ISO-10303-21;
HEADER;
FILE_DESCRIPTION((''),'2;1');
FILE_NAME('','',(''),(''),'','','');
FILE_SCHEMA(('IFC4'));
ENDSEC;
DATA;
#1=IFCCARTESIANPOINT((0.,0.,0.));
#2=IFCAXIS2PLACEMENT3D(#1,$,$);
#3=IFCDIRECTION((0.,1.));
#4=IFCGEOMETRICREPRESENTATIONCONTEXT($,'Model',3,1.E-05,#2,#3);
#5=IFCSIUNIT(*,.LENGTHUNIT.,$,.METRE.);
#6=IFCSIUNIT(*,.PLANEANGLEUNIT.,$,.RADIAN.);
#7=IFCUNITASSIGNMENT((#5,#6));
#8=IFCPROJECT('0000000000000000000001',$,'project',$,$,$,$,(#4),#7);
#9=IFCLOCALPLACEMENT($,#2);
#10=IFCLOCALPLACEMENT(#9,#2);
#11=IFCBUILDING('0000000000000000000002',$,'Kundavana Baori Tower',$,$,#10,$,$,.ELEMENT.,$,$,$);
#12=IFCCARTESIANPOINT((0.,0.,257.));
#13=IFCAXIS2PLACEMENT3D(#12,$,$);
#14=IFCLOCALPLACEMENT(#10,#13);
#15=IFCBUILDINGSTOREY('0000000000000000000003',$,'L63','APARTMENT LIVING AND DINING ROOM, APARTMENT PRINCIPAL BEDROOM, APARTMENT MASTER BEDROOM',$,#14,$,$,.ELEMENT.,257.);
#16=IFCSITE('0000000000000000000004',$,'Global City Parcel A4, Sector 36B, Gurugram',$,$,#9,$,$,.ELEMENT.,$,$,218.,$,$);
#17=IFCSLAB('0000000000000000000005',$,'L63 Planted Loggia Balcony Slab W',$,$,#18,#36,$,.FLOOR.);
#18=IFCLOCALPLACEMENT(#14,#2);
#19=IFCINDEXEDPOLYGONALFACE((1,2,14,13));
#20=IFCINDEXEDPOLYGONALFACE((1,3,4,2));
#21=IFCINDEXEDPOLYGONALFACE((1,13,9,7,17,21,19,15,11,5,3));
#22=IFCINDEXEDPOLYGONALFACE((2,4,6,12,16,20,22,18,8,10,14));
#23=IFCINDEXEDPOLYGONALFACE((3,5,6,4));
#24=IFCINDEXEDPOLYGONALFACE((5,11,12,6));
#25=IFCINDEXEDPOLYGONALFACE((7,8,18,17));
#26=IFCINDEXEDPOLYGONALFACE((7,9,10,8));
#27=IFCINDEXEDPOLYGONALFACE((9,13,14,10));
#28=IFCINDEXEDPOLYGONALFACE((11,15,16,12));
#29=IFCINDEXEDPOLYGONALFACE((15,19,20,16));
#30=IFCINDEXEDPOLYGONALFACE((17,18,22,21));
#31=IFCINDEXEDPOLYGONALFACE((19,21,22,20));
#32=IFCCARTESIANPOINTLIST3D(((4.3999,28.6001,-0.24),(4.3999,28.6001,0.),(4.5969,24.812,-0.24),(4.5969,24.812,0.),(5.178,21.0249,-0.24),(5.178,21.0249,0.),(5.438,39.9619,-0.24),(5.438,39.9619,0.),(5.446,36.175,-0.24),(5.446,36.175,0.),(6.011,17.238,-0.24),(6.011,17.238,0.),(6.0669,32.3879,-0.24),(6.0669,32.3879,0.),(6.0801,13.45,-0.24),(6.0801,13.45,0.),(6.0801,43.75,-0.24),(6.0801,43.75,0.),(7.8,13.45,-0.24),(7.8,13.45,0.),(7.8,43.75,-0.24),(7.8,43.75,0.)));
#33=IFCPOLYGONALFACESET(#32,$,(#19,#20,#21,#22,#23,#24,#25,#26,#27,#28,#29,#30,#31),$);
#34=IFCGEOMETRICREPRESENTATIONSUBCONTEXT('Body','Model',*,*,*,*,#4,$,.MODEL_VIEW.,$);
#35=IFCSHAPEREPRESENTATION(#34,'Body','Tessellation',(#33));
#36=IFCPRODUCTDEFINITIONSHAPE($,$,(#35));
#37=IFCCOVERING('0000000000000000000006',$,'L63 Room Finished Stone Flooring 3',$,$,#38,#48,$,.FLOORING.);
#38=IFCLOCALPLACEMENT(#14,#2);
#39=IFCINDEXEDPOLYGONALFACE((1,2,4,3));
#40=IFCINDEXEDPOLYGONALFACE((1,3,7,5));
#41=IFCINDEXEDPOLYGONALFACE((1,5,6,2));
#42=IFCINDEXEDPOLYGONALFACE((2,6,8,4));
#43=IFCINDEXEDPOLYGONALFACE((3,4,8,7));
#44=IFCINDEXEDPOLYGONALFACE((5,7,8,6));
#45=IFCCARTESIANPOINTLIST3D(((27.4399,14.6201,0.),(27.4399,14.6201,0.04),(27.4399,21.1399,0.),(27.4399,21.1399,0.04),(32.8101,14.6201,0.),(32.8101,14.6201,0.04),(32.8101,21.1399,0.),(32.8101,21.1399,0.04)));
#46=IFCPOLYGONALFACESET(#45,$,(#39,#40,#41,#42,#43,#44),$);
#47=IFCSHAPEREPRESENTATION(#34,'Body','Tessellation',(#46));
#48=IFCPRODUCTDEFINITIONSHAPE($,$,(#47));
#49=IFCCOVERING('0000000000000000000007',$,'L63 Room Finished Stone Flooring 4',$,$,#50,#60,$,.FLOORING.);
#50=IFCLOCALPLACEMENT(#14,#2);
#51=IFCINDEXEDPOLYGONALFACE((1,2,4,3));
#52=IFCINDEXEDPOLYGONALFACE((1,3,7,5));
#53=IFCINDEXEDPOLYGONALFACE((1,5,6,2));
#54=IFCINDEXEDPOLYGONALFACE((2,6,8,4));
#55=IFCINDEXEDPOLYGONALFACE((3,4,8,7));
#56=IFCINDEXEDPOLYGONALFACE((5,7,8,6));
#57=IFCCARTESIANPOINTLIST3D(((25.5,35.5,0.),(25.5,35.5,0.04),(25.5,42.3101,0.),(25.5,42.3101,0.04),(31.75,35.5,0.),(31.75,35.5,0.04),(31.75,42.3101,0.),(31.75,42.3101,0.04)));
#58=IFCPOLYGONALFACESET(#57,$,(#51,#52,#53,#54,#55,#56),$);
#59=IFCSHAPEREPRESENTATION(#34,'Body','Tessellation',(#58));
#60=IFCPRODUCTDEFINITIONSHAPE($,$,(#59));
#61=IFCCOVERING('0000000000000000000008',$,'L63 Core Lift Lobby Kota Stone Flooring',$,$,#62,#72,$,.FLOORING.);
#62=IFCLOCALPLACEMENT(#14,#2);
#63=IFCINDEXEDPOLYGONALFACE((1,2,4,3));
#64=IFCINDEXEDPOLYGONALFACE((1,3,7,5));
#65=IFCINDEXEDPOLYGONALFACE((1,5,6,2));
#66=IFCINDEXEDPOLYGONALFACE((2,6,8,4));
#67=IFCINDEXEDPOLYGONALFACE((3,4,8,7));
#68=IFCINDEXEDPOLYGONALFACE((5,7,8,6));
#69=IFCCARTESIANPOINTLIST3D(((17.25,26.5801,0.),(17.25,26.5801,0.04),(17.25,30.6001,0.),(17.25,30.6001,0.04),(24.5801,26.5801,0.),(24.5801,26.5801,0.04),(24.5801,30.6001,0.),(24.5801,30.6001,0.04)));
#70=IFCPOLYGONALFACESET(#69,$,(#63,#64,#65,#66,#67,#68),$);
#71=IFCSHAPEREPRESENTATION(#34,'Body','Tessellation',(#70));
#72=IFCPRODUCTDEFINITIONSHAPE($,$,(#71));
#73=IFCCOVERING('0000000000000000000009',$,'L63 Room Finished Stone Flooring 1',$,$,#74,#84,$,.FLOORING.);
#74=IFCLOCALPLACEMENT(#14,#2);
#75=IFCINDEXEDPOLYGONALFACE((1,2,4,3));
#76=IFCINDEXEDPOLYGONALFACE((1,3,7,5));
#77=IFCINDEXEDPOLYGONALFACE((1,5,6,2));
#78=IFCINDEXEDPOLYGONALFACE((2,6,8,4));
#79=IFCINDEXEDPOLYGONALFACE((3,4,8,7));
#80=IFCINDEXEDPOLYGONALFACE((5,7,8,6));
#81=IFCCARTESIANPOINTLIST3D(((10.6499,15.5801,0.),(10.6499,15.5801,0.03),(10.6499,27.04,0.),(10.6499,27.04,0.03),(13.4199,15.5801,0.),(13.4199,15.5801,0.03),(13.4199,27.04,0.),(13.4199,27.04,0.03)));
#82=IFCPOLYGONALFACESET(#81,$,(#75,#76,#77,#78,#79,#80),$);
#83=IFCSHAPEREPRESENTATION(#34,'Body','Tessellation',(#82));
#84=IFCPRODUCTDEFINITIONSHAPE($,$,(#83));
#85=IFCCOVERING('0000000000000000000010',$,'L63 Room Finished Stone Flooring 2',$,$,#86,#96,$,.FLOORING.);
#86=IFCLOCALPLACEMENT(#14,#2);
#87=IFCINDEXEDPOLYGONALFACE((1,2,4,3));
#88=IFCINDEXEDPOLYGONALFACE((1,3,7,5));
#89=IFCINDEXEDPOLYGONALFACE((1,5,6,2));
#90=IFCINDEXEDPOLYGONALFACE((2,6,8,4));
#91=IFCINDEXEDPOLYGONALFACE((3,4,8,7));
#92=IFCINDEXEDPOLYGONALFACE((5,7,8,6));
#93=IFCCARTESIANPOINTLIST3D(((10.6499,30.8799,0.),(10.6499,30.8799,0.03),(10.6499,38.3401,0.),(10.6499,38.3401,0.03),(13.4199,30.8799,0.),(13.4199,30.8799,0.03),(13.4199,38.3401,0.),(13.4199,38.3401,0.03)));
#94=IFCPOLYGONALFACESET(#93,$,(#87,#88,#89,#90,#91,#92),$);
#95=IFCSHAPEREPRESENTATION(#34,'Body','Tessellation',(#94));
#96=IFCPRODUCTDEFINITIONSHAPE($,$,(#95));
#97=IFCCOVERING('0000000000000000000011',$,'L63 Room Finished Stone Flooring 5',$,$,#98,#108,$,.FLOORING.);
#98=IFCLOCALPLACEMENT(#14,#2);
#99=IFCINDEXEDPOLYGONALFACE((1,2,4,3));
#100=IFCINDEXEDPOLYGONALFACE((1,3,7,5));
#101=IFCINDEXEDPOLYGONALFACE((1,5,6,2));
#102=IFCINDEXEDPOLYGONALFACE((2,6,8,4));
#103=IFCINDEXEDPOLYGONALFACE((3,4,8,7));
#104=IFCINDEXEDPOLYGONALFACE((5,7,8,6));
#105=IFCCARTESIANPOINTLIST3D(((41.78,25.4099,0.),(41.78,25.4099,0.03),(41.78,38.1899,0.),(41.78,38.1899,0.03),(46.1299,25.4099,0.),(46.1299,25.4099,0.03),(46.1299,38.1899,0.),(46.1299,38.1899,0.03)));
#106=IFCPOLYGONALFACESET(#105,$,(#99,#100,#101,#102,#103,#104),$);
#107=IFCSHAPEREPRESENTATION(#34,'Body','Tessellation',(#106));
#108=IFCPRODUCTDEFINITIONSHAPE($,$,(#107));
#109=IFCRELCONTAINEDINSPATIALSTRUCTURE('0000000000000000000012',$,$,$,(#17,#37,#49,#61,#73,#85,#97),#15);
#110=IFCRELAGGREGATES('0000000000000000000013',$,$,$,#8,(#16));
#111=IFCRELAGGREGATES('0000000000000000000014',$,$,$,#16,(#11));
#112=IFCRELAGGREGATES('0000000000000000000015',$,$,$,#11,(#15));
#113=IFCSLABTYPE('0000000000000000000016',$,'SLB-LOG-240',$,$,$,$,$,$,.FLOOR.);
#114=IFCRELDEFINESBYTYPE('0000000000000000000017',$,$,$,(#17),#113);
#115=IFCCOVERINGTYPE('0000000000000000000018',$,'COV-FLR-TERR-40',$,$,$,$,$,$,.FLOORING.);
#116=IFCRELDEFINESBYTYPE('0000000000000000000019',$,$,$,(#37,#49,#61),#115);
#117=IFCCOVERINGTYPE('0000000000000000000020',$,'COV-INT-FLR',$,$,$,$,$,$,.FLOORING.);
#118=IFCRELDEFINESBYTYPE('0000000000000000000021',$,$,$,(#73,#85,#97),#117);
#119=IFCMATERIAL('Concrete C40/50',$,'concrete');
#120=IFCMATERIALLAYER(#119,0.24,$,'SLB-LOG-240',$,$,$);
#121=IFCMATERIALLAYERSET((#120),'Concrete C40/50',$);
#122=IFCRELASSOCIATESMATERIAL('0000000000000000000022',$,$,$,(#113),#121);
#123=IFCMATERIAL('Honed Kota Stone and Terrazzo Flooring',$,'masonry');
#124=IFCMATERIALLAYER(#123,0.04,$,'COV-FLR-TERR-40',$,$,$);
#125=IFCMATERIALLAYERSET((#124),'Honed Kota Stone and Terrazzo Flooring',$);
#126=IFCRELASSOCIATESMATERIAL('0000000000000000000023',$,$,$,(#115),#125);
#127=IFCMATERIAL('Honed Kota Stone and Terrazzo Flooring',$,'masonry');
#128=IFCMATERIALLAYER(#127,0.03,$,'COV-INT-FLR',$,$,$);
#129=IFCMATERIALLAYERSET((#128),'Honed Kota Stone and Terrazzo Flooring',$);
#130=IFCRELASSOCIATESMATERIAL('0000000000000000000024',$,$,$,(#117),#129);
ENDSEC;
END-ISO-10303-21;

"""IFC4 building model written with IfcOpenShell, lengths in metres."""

from ifc_helpers import new_model, si_unit, direction, frame, origin, place, context, subcontext, project, spatial, polyline, outline, extrude, material, layer, layer_set, type_object, element, save


model = new_model("IFC4")

# Units and contexts
model_context = context("Model", 3, precision=1e-05, world=origin(), true_north=direction((0.0, 1.0)))
body_context = subcontext(model_context, "Body", "Model", "MODEL_VIEW")
ifc_project = project(units=[si_unit("LENGTHUNIT", "METRE"), si_unit("PLANEANGLEUNIT", "RADIAN")], contexts=[model_context])

# Site, building, storey
site_placement = place(None, origin())
site = spatial("IfcSite", under=ifc_project, at=site_placement, Name="Global City Parcel A4, Sector 36B, Gurugram", CompositionType="ELEMENT", RefElevation=218.0)
building_placement = place(site_placement, origin())
building = spatial("IfcBuilding", under=site, at=building_placement, Name="Kundavana Baori Tower", CompositionType="ELEMENT")
storey_placement = place(building_placement, frame((0.0, 0.0, 257.0)))
storey = spatial("IfcBuildingStorey", under=building, at=storey_placement, Name="L63", Description="APARTMENT LIVING AND DINING ROOM, APARTMENT PRINCIPAL BEDROOM, APARTMENT MASTER BEDROOM", CompositionType="ELEMENT", Elevation=257.0)

# Slab
ifc_material_1 = material(Name="Concrete C40/50", Category="concrete")
ifc_layer_1 = layer(ifc_material_1, 0.24, Name="SLB-LOG-240")
ifc_layer_set_1 = layer_set([ifc_layer_1], Name="Concrete C40/50")
slab_type_1 = type_object("IfcSlabType", Name="SLB-LOG-240", PredefinedType="FLOOR", material=ifc_layer_set_1)
slab_1_placement = place(storey_placement, frame((0.0, 0.0, -0.24)))
element("IfcSlab", 1, at=slab_1_placement, inside=storey, type_object=slab_type_1, Name="L63 Planted Loggia Balcony Slab W", PredefinedType="FLOOR", context=body_context, shape_type="SweptSolid", body=[
    extrude(outline(polyline([(7.8, 43.75), (7.8, 13.45), (6.0801, 13.45), (6.011, 17.238), (5.178, 21.0249), (4.5969, 24.812), (4.3999, 28.6001), (6.0669, 32.3879), (5.446, 36.175), (5.438, 39.9619), (6.0801, 43.75), (7.8, 43.75)])), origin(), (0.0, 0.0, 1.0), 0.24),
])

# Coverings
ifc_material_2 = material(Name="Honed Kota Stone and Terrazzo Flooring", Category="masonry")
ifc_layer_2 = layer(ifc_material_2, 0.04, Name="COV-FLR-TERR-40")
ifc_layer_set_2 = layer_set([ifc_layer_2], Name="Honed Kota Stone and Terrazzo Flooring")
covering_type_1 = type_object("IfcCoveringType", Name="COV-FLR-TERR-40", PredefinedType="FLOORING", material=ifc_layer_set_2)
covering_1_placement = place(storey_placement, origin())
element("IfcCovering", 2, at=covering_1_placement, inside=storey, type_object=covering_type_1, Name="L63 Room Finished Stone Flooring 3", PredefinedType="FLOORING", context=body_context, shape_type="SweptSolid", body=[
    extrude(outline(polyline([(27.4399, 14.6201), (32.8101, 14.6201), (32.8101, 21.1399), (27.4399, 21.1399), (27.4399, 14.6201)])), origin(), (0.0, 0.0, 1.0), 0.04),
])
covering_2_placement = place(storey_placement, origin())
element("IfcCovering", 3, at=covering_2_placement, inside=storey, type_object=covering_type_1, Name="L63 Room Finished Stone Flooring 4", PredefinedType="FLOORING", context=body_context, shape_type="SweptSolid", body=[
    extrude(outline(polyline([(25.5, 35.5), (31.75, 35.5), (31.75, 42.3101), (25.5, 42.3101), (25.5, 35.5)])), origin(), (0.0, 0.0, 1.0), 0.04),
])
covering_3_placement = place(storey_placement, origin())
element("IfcCovering", 4, at=covering_3_placement, inside=storey, type_object=covering_type_1, Name="L63 Core Lift Lobby Kota Stone Flooring", PredefinedType="FLOORING", context=body_context, shape_type="SweptSolid", body=[
    extrude(outline(polyline([(17.25, 26.5801), (24.5801, 26.5801), (24.5801, 30.6001), (17.25, 30.6001), (17.25, 26.5801)])), origin(), (0.0, 0.0, 1.0), 0.04),
])
ifc_material_3 = material(Name="Honed Kota Stone and Terrazzo Flooring", Category="masonry")
ifc_layer_3 = layer(ifc_material_3, 0.03, Name="COV-INT-FLR")
ifc_layer_set_3 = layer_set([ifc_layer_3], Name="Honed Kota Stone and Terrazzo Flooring")
covering_type_2 = type_object("IfcCoveringType", Name="COV-INT-FLR", PredefinedType="FLOORING", material=ifc_layer_set_3)
covering_4_placement = place(storey_placement, origin())
element("IfcCovering", 5, at=covering_4_placement, inside=storey, type_object=covering_type_2, Name="L63 Room Finished Stone Flooring 1", PredefinedType="FLOORING", context=body_context, shape_type="SweptSolid", body=[
    extrude(outline(polyline([(10.6499, 15.5801), (13.4199, 15.5801), (13.4199, 27.04), (10.6499, 27.04), (10.6499, 15.5801)])), origin(), (0.0, 0.0, 1.0), 0.03),
])
covering_5_placement = place(storey_placement, origin())
element("IfcCovering", 6, at=covering_5_placement, inside=storey, type_object=covering_type_2, Name="L63 Room Finished Stone Flooring 2", PredefinedType="FLOORING", context=body_context, shape_type="SweptSolid", body=[
    extrude(outline(polyline([(10.6499, 30.8799), (13.4199, 30.8799), (13.4199, 38.3401), (10.6499, 38.3401), (10.6499, 30.8799)])), origin(), (0.0, 0.0, 1.0), 0.03),
])
covering_6_placement = place(storey_placement, origin())
element("IfcCovering", 7, at=covering_6_placement, inside=storey, type_object=covering_type_2, Name="L63 Room Finished Stone Flooring 5", PredefinedType="FLOORING", context=body_context, shape_type="SweptSolid", body=[
    extrude(outline(polyline([(41.78, 25.4099), (46.1299, 25.4099), (46.1299, 38.1899), (41.78, 38.1899), (41.78, 25.4099)])), origin(), (0.0, 0.0, 1.0), 0.03),
])

save(model, "model.ifc")
